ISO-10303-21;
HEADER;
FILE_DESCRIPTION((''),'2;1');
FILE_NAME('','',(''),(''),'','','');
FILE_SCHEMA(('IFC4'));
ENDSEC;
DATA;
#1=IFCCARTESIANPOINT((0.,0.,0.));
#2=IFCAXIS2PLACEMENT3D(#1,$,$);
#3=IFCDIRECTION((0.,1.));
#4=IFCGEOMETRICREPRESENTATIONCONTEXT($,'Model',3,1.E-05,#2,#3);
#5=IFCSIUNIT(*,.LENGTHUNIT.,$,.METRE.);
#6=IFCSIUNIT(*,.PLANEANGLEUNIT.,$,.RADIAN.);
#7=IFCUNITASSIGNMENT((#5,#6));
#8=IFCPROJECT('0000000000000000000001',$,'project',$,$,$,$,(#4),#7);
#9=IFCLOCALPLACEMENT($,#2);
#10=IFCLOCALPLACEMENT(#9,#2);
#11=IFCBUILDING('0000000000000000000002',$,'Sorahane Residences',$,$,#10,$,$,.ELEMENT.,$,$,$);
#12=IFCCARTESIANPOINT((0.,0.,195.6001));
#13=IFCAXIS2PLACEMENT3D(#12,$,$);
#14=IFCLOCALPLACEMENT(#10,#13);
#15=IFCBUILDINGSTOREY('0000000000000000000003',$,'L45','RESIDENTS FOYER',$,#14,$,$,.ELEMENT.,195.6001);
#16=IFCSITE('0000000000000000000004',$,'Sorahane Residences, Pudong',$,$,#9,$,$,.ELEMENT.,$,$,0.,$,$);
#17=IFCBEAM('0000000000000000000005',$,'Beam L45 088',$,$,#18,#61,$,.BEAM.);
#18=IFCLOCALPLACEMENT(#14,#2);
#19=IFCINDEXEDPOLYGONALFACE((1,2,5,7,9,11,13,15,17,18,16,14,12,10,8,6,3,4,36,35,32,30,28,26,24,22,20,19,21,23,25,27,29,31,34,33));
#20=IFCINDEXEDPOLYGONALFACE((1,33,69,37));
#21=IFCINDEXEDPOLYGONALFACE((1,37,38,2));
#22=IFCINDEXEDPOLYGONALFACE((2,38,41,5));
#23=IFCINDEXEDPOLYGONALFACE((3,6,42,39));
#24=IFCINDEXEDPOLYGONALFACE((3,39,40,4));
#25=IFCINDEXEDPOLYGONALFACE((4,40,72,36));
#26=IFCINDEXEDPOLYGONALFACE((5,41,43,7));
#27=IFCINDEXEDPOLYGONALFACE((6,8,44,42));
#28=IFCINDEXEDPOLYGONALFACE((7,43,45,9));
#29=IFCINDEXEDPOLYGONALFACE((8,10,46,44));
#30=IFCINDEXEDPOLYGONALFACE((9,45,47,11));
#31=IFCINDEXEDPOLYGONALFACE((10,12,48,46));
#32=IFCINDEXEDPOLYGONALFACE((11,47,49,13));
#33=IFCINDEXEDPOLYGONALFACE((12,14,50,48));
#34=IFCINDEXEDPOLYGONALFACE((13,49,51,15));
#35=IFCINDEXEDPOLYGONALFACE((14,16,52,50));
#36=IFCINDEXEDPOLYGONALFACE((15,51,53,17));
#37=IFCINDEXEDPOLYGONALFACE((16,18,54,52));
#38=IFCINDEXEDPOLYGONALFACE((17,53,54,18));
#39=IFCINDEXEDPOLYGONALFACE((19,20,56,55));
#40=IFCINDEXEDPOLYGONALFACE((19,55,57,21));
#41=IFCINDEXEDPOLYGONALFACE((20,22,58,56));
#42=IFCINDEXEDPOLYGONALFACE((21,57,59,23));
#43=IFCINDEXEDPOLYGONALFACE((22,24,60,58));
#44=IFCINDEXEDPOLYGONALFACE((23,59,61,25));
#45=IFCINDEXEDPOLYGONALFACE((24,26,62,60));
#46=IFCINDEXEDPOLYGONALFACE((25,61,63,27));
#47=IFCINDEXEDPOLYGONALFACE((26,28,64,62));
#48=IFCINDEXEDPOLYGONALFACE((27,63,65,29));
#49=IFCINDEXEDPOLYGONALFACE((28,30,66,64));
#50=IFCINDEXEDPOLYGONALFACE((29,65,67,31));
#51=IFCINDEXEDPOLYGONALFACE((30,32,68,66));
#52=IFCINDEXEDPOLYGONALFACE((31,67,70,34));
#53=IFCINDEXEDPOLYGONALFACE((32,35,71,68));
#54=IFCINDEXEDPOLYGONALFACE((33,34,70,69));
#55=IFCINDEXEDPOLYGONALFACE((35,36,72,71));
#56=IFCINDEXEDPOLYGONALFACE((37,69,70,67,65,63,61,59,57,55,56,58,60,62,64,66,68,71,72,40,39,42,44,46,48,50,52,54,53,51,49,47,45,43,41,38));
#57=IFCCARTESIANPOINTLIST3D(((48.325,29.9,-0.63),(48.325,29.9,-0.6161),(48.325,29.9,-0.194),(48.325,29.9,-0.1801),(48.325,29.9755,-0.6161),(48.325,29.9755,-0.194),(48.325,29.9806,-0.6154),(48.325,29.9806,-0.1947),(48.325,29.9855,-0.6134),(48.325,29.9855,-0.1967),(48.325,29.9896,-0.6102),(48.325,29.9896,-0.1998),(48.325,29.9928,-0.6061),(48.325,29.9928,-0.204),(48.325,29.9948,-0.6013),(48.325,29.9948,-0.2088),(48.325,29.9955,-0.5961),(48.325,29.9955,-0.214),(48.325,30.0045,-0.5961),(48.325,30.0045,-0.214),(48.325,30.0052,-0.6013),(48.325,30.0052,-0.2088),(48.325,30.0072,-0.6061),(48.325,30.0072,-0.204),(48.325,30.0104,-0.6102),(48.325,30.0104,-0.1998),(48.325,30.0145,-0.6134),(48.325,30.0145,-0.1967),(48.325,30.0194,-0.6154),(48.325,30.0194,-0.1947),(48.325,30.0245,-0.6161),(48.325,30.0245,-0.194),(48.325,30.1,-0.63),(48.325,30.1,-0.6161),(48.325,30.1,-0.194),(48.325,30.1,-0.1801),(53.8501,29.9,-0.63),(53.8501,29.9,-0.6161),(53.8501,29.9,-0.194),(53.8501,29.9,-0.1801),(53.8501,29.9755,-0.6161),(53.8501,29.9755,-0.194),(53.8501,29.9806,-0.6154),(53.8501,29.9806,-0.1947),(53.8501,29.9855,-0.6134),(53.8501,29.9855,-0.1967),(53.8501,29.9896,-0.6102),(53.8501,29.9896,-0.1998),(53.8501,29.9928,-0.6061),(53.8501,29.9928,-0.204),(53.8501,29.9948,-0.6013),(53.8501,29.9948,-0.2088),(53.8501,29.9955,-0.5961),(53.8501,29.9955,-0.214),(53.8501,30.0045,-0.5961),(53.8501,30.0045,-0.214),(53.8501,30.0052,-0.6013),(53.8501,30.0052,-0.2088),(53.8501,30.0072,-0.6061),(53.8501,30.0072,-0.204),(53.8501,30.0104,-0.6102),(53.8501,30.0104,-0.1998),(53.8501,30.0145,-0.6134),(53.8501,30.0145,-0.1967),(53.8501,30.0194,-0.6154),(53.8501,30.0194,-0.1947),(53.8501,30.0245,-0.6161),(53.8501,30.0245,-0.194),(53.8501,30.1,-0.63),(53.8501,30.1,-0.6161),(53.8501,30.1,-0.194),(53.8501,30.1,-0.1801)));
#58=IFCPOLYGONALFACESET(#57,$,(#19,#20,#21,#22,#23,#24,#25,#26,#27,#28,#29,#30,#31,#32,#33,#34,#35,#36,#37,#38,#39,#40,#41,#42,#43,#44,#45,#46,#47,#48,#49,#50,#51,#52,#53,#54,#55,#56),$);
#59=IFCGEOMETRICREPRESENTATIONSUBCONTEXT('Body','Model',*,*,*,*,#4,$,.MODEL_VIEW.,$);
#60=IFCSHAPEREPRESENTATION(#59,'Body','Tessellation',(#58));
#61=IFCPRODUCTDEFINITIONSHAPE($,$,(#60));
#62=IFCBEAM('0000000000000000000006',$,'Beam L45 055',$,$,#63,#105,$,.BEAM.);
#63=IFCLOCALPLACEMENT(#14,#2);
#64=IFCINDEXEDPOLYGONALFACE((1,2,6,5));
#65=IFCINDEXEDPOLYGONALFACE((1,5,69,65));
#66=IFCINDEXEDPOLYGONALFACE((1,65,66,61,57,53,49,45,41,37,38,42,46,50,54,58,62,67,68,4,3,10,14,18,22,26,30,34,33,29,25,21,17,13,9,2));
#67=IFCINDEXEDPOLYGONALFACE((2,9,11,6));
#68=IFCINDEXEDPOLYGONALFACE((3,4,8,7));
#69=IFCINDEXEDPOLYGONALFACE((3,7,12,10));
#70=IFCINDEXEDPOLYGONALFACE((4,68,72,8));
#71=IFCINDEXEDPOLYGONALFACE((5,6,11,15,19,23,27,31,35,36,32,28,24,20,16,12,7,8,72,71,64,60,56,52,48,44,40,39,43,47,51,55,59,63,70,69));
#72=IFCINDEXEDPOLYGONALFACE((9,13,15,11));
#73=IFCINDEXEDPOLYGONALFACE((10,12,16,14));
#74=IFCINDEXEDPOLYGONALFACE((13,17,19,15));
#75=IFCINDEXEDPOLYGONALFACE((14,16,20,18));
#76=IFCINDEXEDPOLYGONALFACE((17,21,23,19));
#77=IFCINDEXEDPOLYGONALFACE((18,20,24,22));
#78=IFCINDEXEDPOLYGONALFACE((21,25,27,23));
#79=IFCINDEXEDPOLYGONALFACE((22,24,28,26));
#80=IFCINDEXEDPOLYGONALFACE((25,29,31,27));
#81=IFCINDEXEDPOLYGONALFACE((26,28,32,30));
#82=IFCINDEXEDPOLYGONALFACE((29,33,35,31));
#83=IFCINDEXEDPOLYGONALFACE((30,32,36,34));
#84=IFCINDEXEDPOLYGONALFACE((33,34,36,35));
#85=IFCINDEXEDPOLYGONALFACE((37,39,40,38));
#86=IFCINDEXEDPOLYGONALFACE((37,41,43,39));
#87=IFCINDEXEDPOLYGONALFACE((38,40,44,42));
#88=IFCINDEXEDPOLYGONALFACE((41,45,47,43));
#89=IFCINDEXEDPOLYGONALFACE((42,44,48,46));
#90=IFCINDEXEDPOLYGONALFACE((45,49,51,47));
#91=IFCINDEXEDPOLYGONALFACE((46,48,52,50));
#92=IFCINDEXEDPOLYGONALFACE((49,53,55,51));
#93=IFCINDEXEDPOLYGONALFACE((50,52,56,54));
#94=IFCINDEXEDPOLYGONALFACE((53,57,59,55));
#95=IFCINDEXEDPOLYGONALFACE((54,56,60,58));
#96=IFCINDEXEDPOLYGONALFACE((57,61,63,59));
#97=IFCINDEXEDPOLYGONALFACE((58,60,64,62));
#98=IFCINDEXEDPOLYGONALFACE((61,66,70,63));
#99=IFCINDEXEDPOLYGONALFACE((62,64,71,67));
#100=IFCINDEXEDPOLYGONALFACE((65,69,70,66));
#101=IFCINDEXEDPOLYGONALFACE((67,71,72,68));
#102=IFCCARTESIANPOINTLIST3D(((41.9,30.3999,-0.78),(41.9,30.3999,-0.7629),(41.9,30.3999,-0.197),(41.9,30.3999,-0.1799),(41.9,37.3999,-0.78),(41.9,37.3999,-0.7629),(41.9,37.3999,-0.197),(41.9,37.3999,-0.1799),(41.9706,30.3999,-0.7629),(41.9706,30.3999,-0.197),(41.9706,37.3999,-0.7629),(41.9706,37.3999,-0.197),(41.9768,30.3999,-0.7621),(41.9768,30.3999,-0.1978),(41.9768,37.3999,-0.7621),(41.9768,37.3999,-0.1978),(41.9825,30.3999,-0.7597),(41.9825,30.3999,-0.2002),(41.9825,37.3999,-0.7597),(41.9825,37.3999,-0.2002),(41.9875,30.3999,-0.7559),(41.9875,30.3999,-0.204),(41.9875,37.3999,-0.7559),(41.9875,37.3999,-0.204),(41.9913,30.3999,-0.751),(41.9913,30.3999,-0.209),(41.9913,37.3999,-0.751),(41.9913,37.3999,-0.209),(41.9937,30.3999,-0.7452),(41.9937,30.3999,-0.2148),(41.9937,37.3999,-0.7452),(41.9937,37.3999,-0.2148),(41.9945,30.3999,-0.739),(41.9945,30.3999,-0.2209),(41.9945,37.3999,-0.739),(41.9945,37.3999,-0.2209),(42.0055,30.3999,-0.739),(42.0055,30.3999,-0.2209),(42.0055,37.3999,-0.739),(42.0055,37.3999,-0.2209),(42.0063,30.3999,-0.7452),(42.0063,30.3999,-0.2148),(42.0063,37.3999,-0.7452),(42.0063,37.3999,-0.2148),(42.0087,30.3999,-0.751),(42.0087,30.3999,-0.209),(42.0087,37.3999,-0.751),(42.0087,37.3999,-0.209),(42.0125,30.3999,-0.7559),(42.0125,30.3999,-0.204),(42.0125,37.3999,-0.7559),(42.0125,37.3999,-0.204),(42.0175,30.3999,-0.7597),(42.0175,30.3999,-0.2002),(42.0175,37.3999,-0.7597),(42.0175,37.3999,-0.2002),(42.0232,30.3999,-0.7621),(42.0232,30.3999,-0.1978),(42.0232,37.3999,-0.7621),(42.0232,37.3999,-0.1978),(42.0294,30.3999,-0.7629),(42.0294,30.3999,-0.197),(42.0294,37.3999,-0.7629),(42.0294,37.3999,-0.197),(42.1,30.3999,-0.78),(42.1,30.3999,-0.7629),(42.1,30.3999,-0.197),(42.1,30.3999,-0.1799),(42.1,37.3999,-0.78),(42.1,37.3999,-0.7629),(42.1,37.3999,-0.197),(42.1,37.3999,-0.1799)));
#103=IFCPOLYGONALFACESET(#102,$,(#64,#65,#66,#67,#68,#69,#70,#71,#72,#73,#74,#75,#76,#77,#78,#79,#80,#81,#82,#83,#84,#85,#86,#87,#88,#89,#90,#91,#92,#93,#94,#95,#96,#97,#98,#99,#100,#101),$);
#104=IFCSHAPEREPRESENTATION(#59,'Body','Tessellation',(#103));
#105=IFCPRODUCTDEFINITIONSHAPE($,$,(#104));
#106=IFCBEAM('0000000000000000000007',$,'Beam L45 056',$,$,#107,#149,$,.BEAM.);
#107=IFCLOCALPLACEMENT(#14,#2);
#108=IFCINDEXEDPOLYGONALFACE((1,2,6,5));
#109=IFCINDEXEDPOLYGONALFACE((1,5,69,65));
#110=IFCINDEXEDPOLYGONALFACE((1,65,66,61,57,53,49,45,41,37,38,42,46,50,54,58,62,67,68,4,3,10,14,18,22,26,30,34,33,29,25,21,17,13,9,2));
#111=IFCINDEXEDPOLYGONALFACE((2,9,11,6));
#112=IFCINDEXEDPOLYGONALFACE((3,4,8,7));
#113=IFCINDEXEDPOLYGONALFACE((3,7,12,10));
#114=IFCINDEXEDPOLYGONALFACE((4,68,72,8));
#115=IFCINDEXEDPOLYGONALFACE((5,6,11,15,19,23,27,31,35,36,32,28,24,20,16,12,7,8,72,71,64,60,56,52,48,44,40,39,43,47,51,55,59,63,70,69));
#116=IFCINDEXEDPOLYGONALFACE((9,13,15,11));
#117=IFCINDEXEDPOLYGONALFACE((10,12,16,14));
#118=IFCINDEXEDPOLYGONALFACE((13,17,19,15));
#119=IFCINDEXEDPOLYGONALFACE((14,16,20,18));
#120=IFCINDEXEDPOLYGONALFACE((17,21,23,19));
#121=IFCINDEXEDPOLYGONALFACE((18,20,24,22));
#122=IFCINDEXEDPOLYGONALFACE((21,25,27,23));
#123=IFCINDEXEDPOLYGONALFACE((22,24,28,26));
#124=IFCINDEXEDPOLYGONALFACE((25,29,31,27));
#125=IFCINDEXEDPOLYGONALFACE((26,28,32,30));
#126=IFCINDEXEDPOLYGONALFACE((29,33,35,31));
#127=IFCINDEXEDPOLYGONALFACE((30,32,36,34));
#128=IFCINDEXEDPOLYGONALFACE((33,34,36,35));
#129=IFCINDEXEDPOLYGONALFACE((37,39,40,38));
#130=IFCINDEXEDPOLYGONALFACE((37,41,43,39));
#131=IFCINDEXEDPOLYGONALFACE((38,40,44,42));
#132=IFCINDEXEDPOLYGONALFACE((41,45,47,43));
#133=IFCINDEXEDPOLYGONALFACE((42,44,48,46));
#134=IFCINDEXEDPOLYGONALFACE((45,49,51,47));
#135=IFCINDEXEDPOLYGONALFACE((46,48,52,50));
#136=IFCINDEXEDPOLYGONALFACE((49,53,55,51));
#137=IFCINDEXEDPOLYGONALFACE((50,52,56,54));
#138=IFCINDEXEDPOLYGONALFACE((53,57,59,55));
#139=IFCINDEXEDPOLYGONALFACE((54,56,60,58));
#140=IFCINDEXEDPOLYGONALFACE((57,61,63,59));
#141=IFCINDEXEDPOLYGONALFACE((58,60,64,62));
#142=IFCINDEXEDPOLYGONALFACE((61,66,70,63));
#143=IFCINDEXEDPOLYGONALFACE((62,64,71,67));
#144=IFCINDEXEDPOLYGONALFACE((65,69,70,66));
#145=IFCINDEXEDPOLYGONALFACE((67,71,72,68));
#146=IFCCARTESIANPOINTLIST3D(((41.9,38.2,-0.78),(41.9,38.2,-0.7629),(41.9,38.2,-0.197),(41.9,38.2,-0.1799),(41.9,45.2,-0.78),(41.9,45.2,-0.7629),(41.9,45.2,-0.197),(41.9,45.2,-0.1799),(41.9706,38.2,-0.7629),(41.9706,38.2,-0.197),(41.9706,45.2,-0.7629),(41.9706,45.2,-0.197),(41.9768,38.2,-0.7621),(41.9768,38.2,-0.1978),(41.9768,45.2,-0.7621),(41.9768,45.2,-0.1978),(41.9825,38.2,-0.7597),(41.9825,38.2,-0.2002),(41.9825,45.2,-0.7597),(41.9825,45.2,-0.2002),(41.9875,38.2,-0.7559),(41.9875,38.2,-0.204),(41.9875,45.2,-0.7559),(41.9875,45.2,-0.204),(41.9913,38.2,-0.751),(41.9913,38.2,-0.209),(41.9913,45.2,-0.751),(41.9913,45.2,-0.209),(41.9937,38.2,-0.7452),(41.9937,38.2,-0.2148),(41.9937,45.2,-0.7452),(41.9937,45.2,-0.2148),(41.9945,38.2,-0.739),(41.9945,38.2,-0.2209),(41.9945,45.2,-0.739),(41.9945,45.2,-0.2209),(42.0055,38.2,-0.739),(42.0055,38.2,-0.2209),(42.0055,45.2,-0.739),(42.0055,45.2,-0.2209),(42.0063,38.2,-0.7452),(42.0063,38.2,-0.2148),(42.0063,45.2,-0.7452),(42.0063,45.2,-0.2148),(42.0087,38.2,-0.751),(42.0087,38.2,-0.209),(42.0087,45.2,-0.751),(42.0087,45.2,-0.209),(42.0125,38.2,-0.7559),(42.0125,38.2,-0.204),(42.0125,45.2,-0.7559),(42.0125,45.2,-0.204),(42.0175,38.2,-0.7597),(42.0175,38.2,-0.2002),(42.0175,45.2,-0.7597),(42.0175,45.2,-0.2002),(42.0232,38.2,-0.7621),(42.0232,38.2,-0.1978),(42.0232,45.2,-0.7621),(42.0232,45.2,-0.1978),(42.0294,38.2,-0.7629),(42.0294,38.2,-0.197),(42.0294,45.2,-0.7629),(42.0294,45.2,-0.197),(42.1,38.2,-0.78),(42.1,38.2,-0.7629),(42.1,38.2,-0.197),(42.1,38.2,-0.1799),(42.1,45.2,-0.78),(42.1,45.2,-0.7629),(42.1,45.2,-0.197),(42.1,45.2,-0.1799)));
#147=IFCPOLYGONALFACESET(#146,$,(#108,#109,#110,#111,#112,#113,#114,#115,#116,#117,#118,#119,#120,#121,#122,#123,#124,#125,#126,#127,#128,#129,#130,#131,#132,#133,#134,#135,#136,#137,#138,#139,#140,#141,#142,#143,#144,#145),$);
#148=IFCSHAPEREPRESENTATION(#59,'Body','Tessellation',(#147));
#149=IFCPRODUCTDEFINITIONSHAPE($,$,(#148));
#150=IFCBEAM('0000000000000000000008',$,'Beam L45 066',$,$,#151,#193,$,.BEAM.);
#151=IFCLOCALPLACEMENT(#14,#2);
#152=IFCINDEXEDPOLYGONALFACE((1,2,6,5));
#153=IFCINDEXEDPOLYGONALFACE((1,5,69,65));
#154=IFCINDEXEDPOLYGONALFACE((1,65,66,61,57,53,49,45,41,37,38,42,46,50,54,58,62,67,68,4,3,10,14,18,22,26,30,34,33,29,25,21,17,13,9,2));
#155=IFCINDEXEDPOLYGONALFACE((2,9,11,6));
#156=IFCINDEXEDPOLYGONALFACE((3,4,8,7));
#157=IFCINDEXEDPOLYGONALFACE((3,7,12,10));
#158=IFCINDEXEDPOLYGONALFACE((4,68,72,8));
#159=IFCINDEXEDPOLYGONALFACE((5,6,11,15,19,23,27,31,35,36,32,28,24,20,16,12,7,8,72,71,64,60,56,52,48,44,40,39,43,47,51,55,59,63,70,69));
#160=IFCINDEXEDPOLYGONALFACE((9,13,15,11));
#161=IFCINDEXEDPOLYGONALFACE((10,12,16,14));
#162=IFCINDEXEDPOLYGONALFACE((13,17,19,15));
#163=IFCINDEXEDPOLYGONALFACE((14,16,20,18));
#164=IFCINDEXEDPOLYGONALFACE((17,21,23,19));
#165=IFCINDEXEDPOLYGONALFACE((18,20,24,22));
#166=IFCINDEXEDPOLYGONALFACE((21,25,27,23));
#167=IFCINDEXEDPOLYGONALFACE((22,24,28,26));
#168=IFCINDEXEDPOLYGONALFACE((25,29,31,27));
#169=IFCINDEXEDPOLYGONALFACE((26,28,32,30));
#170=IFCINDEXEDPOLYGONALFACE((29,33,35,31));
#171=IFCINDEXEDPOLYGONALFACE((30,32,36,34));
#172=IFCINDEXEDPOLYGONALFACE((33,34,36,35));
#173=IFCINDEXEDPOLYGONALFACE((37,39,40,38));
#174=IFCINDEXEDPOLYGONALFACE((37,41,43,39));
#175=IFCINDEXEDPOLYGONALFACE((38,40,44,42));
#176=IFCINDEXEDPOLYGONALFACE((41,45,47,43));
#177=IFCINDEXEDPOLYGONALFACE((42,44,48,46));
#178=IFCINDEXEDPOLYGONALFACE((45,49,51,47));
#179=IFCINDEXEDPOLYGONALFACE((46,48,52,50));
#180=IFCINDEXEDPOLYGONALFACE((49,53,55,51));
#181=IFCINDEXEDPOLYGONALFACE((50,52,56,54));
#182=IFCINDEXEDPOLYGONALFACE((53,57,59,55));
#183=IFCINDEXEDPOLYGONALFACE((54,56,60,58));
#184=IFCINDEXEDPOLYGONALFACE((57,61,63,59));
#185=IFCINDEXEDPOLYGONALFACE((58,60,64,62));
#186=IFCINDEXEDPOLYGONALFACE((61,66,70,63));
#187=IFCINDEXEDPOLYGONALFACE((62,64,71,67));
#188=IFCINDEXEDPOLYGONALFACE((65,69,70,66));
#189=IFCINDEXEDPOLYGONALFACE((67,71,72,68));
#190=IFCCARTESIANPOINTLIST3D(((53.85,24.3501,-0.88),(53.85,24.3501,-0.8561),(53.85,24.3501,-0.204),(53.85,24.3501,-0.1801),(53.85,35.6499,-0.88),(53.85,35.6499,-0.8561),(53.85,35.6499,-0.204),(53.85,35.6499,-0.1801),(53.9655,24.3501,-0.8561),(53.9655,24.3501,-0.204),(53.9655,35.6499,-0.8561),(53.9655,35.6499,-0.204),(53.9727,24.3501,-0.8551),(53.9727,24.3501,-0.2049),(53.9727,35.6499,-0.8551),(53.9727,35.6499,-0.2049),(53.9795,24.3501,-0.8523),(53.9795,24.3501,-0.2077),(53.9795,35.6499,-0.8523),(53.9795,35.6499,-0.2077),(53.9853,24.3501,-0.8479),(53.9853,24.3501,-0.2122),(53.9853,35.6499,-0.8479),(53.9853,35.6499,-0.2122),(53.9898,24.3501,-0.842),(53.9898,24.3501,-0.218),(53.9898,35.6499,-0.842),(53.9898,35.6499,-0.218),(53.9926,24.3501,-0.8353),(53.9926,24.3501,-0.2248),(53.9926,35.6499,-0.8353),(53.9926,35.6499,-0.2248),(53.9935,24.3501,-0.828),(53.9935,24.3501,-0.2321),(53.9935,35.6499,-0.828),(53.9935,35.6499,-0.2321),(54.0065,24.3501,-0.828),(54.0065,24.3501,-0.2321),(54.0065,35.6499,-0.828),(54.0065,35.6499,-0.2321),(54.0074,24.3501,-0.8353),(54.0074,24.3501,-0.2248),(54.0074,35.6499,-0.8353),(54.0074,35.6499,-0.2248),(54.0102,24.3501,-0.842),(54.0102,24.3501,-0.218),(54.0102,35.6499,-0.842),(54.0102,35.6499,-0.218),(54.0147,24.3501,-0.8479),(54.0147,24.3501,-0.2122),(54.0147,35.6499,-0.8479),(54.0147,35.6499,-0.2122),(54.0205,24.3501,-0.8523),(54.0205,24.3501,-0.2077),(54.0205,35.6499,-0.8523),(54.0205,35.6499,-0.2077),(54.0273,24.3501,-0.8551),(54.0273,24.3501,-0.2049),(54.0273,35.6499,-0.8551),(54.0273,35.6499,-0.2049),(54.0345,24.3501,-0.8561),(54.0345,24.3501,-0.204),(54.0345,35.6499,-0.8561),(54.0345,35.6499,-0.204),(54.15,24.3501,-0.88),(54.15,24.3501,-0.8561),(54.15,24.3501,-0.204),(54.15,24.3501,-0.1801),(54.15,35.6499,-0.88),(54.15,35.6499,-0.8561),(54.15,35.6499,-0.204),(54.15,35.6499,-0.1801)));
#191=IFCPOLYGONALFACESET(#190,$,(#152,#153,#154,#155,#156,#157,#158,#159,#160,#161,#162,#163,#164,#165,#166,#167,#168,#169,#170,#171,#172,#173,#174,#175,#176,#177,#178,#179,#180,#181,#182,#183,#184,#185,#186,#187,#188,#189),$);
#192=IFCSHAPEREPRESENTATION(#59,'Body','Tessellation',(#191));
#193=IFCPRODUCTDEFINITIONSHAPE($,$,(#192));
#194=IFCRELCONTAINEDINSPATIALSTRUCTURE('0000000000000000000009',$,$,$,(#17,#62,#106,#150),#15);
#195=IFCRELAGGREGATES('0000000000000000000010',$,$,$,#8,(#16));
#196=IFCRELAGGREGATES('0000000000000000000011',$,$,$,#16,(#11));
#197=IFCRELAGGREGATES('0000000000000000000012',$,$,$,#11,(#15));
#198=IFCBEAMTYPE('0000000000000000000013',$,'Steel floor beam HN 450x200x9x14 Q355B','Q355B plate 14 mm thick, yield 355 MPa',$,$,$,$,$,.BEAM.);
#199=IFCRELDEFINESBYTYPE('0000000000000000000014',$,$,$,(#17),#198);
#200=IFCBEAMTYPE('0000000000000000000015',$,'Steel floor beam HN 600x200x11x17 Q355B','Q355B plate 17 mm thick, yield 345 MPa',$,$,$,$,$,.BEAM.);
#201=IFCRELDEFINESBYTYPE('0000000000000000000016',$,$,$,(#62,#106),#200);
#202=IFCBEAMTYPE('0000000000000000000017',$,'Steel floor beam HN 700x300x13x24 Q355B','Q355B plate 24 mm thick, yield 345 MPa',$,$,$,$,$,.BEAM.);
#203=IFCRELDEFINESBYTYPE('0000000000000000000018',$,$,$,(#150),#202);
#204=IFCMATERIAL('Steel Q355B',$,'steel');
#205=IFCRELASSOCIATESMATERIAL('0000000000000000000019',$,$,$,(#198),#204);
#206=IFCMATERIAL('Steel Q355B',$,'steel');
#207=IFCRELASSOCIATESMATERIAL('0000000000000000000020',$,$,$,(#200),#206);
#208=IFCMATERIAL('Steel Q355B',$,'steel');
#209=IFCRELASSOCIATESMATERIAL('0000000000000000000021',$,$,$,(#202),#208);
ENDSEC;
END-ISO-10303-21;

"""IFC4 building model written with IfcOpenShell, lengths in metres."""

from ifc_helpers import new_model, si_unit, direction, frame, origin, origin_2d, place, context, subcontext, project, spatial, i_section, extrude, material, material_profile, profile_set, type_object, element, save


model = new_model("IFC4")

# Units and contexts
model_context = context("Model", 3, precision=1e-05, world=origin(), true_north=direction((0.0, 1.0)))
body_context = subcontext(model_context, "Body", "Model", "MODEL_VIEW")
ifc_project = project(units=[si_unit("LENGTHUNIT", "METRE"), si_unit("PLANEANGLEUNIT", "RADIAN")], contexts=[model_context])

# Site, building, storey
site_placement = place(None, origin())
site = spatial("IfcSite", under=ifc_project, at=site_placement, Name="Sorahane Residences, Pudong", CompositionType="ELEMENT", RefElevation=0.0)
building_placement = place(site_placement, origin())
building = spatial("IfcBuilding", under=site, at=building_placement, Name="Sorahane Residences", CompositionType="ELEMENT")
storey_placement = place(building_placement, frame((0.0, 0.0, 195.6001)))
storey = spatial("IfcBuildingStorey", under=building, at=storey_placement, Name="L45", Description="RESIDENTS FOYER", CompositionType="ELEMENT", Elevation=195.6001)

# Beams
ifc_material_1 = material(Name="Steel Q355B", Category="steel")
ifc_material_profile_1 = material_profile(ifc_material_1, i_section(OverallWidth=0.2, OverallDepth=0.45, WebThickness=0.009, FlangeThickness=0.0139, FilletRadius=0.02, at=origin_2d()), Name="HN 450x200x9x14")
ifc_profile_set_1 = profile_set([ifc_material_profile_1], Name="Steel Q355B")
beam_type_1 = type_object("IfcBeamType", Name="Steel floor beam HN 450x200x9x14 Q355B", Description="Q355B plate 14 mm thick, yield 355 MPa", PredefinedType="BEAM", material=ifc_profile_set_1)
beam_1_placement = place(storey_placement, frame((48.325, 30.0, -0.405), z_axis=(1.0, 0.0, 0.0), x_axis=(0.0, 1.0, 0.0)))
element("IfcBeam", 1, at=beam_1_placement, inside=storey, type_object=beam_type_1, Name="Beam L45 088", PredefinedType="BEAM", context=body_context, shape_type="SweptSolid", body=[
    extrude(i_section(OverallWidth=0.2, OverallDepth=0.45, WebThickness=0.009, FlangeThickness=0.0139, FilletRadius=0.02, at=origin_2d()), origin(), (0.0, 0.0, 1.0), 5.5251),
])
ifc_material_2 = material(Name="Steel Q355B", Category="steel")
ifc_material_profile_2 = material_profile(ifc_material_2, i_section(OverallWidth=0.2, OverallDepth=0.6001, WebThickness=0.011, FlangeThickness=0.0171, FilletRadius=0.0239, at=origin_2d()), Name="HN 600x200x11x17")
ifc_profile_set_2 = profile_set([ifc_material_profile_2], Name="Steel Q355B")
beam_type_2 = type_object("IfcBeamType", Name="Steel floor beam HN 600x200x11x17 Q355B", Description="Q355B plate 17 mm thick, yield 345 MPa", PredefinedType="BEAM", material=ifc_profile_set_2)
for number, where, z_axis, x_axis, name in (
    (2, (42.0, 30.3999, -0.48), (0.0, 1.0, 0.0), (-1.0, 0.0, 0.0), "Beam L45 055"),
    (3, (42.0, 38.2, -0.48), (0.0, 1.0, 0.0), (-1.0, 0.0, 0.0), "Beam L45 056"),
):
    element("IfcBeam", number, at=place(storey_placement, frame(where, z_axis=z_axis, x_axis=x_axis)), inside=storey, type_object=beam_type_2, Name=name, PredefinedType="BEAM", context=body_context, shape_type="SweptSolid", body=[
        extrude(i_section(OverallWidth=0.2, OverallDepth=0.6001, WebThickness=0.011, FlangeThickness=0.0171, FilletRadius=0.0239, at=origin_2d()), origin(), (0.0, 0.0, 1.0), 7.0),
    ])
ifc_material_3 = material(Name="Steel Q355B", Category="steel")
ifc_material_profile_3 = material_profile(ifc_material_3, i_section(OverallWidth=0.3, OverallDepth=0.7, WebThickness=0.0129, FlangeThickness=0.0239, FilletRadius=0.0281, at=origin_2d()), Name="HN 700x300x13x24")
ifc_profile_set_3 = profile_set([ifc_material_profile_3], Name="Steel Q355B")
beam_type_3 = type_object("IfcBeamType", Name="Steel floor beam HN 700x300x13x24 Q355B", Description="Q355B plate 24 mm thick, yield 345 MPa", PredefinedType="BEAM", material=ifc_profile_set_3)
beam_2_placement = place(storey_placement, frame((54.0, 24.3501, -0.53), z_axis=(0.0, 1.0, 0.0), x_axis=(-1.0, 0.0, 0.0)))
element("IfcBeam", 4, at=beam_2_placement, inside=storey, type_object=beam_type_3, Name="Beam L45 066", PredefinedType="BEAM", context=body_context, shape_type="SweptSolid", body=[
    extrude(i_section(OverallWidth=0.3, OverallDepth=0.7, WebThickness=0.0129, FlangeThickness=0.0239, FilletRadius=0.0281, at=origin_2d()), origin(), (0.0, 0.0, 1.0), 11.2998),
])

save(model, "model.ifc")
